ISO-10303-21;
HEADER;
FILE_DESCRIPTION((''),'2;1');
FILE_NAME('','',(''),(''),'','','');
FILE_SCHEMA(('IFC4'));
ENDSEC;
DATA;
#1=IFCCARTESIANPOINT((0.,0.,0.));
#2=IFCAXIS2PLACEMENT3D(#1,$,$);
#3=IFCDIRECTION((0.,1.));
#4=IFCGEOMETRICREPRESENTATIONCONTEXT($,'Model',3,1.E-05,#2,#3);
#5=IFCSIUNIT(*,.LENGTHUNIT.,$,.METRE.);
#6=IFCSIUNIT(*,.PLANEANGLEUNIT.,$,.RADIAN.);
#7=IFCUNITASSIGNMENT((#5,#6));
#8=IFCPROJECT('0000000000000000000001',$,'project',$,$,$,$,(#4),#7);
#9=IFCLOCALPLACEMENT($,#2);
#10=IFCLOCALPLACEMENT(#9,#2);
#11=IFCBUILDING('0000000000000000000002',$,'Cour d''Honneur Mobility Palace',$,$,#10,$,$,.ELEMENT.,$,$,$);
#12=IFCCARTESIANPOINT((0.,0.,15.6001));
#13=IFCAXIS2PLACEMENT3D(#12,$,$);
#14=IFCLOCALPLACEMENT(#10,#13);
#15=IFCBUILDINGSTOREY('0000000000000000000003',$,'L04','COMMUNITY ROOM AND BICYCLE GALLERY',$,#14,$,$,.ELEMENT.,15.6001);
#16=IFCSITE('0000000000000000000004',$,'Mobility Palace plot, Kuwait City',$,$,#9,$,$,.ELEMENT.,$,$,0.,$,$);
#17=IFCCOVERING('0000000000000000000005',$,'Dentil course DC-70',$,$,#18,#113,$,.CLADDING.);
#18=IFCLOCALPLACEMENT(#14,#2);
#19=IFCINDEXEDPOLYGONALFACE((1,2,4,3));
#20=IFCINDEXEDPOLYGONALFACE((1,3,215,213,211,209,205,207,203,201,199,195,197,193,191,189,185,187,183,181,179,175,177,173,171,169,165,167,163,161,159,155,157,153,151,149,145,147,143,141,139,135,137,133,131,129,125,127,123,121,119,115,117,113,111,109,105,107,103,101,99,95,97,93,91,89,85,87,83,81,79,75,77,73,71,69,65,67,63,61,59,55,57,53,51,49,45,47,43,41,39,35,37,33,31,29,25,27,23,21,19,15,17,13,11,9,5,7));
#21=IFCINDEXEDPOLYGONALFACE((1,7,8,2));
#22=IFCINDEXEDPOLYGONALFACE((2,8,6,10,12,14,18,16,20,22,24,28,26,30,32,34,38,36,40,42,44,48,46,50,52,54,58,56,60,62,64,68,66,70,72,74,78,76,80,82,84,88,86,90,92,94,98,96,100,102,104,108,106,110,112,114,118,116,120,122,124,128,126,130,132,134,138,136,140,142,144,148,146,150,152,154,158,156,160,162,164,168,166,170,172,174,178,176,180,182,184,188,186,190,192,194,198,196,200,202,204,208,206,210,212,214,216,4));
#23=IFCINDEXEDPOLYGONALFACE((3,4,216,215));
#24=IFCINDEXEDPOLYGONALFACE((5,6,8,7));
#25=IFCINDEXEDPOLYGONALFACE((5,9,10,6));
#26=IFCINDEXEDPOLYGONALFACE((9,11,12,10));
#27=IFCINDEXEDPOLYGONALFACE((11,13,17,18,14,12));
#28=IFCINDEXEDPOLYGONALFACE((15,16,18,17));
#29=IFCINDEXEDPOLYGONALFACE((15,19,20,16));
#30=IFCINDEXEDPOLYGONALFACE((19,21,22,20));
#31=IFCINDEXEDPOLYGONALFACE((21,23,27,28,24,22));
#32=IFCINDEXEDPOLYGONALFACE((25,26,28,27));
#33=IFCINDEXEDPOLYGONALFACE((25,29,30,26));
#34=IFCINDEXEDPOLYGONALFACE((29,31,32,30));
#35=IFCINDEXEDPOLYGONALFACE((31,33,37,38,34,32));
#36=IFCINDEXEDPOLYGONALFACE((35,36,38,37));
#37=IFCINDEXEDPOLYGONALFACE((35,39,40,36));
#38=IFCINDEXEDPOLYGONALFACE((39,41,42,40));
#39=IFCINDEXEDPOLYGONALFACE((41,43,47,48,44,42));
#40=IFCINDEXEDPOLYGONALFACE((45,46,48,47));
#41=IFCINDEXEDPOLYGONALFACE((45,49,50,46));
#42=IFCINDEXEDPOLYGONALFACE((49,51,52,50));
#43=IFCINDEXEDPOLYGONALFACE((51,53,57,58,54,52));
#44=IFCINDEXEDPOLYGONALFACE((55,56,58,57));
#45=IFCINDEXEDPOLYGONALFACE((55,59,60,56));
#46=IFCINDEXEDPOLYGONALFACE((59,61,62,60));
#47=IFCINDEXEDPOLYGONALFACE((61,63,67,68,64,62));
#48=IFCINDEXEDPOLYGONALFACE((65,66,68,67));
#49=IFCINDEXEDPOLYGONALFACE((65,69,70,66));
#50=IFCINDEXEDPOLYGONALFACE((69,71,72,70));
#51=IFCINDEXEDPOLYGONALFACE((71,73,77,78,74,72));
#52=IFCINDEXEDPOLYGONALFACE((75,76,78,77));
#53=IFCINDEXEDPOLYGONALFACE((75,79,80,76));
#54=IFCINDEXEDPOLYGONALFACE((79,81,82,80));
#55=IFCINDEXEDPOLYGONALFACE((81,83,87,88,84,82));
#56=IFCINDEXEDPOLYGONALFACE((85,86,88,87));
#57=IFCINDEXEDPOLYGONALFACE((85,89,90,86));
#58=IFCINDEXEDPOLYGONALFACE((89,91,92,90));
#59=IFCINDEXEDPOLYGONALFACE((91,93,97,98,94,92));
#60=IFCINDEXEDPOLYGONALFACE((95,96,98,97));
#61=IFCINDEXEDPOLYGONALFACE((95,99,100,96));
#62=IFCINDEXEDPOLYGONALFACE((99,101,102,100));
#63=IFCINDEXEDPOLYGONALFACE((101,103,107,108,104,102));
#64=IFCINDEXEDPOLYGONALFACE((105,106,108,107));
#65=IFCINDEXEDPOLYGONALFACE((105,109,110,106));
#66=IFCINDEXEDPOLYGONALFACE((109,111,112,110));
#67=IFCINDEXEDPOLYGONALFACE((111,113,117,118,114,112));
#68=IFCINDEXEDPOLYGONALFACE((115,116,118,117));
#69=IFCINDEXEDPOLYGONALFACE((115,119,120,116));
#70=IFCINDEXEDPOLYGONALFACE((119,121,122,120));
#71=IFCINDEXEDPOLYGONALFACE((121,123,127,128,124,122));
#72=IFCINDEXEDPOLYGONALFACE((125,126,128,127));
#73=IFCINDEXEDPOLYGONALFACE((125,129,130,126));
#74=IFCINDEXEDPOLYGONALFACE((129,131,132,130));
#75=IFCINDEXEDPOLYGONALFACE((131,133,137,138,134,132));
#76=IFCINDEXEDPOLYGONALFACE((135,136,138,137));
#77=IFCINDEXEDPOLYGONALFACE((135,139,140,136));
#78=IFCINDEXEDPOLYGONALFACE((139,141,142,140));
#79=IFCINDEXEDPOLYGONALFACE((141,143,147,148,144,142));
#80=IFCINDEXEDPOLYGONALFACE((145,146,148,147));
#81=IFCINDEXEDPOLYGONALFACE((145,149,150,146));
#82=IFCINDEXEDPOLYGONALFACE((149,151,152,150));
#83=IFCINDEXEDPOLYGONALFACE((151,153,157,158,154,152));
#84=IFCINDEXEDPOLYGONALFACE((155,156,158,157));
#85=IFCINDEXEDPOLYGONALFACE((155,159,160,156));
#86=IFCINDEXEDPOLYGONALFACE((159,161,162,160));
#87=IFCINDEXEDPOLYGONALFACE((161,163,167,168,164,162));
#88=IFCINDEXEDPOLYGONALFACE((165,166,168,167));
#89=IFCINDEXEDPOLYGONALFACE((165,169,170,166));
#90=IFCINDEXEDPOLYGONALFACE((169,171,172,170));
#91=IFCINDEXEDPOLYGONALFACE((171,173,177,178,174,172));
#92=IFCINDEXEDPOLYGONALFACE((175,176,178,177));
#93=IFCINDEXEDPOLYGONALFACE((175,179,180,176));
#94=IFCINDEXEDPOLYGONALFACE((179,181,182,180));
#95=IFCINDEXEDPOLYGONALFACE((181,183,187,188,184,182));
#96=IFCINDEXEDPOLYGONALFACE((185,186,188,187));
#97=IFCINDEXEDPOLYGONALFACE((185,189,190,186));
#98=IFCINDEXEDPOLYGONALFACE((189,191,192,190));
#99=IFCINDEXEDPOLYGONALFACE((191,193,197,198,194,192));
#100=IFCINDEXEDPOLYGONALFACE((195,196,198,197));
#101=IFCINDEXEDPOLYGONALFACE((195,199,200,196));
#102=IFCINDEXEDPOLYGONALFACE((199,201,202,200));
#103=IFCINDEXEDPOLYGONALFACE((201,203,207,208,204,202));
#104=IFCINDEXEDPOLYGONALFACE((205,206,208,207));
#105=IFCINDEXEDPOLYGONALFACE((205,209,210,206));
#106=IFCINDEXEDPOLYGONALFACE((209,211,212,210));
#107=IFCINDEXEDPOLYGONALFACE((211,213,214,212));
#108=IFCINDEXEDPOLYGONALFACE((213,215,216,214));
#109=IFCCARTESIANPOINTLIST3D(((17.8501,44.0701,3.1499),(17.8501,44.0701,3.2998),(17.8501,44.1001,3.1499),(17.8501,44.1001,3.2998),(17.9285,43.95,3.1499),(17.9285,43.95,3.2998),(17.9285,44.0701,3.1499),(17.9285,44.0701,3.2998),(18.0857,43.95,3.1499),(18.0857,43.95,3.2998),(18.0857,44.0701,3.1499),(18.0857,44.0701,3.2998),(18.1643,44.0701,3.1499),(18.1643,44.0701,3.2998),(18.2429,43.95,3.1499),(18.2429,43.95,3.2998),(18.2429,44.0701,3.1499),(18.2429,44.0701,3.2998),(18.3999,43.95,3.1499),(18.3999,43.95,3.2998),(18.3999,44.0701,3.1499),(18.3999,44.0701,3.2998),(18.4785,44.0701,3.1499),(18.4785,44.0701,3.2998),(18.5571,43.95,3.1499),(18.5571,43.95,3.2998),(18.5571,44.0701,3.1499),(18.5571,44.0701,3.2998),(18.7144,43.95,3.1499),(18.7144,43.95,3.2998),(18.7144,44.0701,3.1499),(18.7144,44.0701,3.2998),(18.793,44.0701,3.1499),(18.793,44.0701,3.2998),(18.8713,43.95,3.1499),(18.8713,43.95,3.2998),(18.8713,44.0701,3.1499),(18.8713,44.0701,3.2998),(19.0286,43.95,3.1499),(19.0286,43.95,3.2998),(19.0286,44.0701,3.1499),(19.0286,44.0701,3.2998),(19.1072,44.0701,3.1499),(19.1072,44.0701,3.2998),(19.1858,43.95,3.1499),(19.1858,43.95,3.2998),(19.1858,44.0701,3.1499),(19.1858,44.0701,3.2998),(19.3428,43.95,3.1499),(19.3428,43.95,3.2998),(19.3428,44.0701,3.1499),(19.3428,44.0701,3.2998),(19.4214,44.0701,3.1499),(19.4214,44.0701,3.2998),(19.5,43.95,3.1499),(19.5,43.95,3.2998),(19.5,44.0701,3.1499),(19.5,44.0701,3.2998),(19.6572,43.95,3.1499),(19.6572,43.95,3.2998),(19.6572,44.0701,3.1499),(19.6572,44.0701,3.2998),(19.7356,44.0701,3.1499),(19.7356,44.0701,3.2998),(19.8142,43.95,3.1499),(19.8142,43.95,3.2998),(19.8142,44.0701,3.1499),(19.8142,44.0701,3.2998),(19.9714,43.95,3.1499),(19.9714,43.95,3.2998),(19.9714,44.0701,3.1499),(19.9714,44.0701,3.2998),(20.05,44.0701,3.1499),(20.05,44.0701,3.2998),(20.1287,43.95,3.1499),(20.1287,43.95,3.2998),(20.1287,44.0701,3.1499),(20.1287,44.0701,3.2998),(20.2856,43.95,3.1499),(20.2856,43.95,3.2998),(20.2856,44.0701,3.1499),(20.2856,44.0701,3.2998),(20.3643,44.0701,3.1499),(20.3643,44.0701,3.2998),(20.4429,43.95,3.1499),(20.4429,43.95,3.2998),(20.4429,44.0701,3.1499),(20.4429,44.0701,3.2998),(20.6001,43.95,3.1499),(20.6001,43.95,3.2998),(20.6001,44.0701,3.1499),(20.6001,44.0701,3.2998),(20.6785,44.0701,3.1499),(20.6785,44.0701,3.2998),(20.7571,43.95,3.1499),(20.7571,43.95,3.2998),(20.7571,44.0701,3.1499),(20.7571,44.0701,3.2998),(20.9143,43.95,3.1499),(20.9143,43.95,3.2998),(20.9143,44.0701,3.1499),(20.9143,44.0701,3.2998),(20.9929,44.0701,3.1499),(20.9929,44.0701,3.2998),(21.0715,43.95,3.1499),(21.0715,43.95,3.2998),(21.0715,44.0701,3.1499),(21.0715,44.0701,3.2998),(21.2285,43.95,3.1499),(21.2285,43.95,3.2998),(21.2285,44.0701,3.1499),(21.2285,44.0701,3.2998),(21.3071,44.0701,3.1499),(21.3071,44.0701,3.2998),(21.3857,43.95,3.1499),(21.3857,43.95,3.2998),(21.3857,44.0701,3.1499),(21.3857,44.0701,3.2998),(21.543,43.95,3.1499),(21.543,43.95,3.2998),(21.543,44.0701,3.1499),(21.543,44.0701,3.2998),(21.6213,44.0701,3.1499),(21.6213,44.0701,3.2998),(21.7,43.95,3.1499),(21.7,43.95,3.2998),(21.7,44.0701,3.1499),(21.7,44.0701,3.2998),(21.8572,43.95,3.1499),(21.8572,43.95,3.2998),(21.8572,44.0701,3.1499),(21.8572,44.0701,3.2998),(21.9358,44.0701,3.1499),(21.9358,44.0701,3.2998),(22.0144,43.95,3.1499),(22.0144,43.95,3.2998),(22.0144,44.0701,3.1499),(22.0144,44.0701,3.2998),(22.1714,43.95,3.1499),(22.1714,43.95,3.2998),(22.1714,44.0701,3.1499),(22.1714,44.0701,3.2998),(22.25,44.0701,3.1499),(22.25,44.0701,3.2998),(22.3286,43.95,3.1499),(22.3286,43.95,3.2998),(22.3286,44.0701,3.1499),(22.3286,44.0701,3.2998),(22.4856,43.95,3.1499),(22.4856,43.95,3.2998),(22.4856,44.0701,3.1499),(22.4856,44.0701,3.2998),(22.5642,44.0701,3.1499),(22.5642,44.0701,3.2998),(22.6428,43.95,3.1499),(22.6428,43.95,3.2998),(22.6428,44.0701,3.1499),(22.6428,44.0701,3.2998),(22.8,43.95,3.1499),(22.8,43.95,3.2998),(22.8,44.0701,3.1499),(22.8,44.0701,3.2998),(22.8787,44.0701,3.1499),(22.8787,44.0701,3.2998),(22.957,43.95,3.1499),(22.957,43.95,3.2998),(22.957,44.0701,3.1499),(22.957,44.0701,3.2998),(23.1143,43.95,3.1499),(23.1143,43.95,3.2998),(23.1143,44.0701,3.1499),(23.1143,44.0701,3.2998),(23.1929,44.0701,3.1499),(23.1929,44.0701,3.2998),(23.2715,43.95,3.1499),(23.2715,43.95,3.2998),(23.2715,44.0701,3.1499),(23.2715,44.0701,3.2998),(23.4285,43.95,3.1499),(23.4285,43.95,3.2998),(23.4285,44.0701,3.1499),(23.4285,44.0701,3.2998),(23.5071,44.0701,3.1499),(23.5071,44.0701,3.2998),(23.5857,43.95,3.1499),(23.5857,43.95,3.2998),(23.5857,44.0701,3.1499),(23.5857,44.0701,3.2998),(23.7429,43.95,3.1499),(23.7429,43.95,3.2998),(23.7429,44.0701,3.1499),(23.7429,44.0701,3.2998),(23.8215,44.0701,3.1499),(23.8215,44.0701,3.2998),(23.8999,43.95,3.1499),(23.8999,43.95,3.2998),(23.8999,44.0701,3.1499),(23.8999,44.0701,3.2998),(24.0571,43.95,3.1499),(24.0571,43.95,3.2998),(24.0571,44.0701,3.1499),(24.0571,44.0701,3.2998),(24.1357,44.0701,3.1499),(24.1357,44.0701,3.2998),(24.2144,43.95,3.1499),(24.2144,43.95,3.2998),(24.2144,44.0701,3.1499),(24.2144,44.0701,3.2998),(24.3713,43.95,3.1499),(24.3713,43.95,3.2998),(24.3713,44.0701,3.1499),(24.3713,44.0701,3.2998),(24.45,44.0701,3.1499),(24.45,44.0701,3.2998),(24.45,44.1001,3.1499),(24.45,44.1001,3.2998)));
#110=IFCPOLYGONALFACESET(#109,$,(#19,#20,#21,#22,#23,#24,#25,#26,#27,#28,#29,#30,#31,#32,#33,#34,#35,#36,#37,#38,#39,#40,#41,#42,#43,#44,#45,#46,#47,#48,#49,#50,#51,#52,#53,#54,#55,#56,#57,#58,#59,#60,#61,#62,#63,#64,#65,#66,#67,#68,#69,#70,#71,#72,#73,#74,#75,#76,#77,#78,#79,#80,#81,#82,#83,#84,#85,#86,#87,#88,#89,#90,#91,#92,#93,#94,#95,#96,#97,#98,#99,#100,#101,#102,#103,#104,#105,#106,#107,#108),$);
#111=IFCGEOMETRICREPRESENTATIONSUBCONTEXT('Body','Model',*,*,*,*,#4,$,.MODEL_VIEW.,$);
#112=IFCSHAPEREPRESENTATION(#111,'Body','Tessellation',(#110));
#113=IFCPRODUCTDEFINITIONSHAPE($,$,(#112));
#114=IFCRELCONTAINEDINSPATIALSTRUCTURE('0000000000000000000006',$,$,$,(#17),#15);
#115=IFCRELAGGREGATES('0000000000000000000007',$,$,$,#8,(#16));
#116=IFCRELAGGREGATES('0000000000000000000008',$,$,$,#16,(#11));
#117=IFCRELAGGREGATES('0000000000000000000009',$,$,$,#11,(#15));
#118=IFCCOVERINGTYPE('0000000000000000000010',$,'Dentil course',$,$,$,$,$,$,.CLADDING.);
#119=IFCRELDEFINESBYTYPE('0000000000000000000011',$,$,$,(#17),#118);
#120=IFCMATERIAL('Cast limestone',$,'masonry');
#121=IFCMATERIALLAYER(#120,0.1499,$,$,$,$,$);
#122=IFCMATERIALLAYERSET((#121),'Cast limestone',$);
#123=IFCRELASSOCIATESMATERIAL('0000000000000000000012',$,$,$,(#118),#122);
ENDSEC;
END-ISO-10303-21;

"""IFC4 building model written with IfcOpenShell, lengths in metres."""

from ifc_helpers import new_model, si_unit, direction, frame, origin, place, context, subcontext, project, spatial, polyline, outline, extrude, material, layer, layer_set, type_object, element, save


model = new_model("IFC4")

# Units and contexts
model_context = context("Model", 3, precision=1e-05, world=origin(), true_north=direction((0.0, 1.0)))
body_context = subcontext(model_context, "Body", "Model", "MODEL_VIEW")
ifc_project = project(units=[si_unit("LENGTHUNIT", "METRE"), si_unit("PLANEANGLEUNIT", "RADIAN")], contexts=[model_context])

# Site, building, storey
site_placement = place(None, origin())
site = spatial("IfcSite", under=ifc_project, at=site_placement, Name="Mobility Palace plot, Kuwait City", CompositionType="ELEMENT", RefElevation=0.0)
building_placement = place(site_placement, origin())
building = spatial("IfcBuilding", under=site, at=building_placement, Name="Cour d'Honneur Mobility Palace", CompositionType="ELEMENT")
storey_placement = place(building_placement, frame((0.0, 0.0, 15.6001)))
storey = spatial("IfcBuildingStorey", under=building, at=storey_placement, Name="L04", Description="COMMUNITY ROOM AND BICYCLE GALLERY", CompositionType="ELEMENT", Elevation=15.6001)

# Covering
ifc_material_1 = material(Name="Cast limestone", Category="masonry")
ifc_layer_1 = layer(ifc_material_1, 0.1499)
ifc_layer_set_1 = layer_set([ifc_layer_1], Name="Cast limestone")
covering_type_1 = type_object("IfcCoveringType", Name="Dentil course", PredefinedType="CLADDING", material=ifc_layer_set_1)
covering_1_placement = place(storey_placement, frame((0.0, 0.0, 3.1499)))
element("IfcCovering", 1, at=covering_1_placement, inside=storey, type_object=covering_type_1, Name="Dentil course DC-70", PredefinedType="CLADDING", context=body_context, shape_type="SweptSolid", body=[
    extrude(outline(polyline([(17.8501, 44.1001), (24.45, 44.1001), (24.45, 44.0701), (24.45, 44.0701), (24.3713, 44.0701), (24.3713, 43.95), (24.2144, 43.95), (24.2144, 44.0701), (24.1357, 44.0701), (24.1357, 44.0701), (24.0571, 44.0701), (24.0571, 43.95), (23.8999, 43.95), (23.8999, 44.0701), (23.8215, 44.0701), (23.8215, 44.0701), (23.7429, 44.0701), (23.7429, 43.95), (23.5857, 43.95), (23.5857, 44.0701), (23.5071, 44.0701), (23.5071, 44.0701), (23.4285, 44.0701), (23.4285, 43.95), (23.2715, 43.95), (23.2715, 44.0701), (23.1929, 44.0701), (23.1929, 44.0701), (23.1143, 44.0701), (23.1143, 43.95), (22.957, 43.95), (22.957, 44.0701), (22.8787, 44.0701), (22.8787, 44.0701), (22.8, 44.0701), (22.8, 43.95), (22.6428, 43.95), (22.6428, 44.0701), (22.5642, 44.0701), (22.5642, 44.0701), (22.4856, 44.0701), (22.4856, 43.95), (22.3286, 43.95), (22.3286, 44.0701), (22.25, 44.0701), (22.25, 44.0701), (22.1714, 44.0701), (22.1714, 43.95), (22.0144, 43.95), (22.0144, 44.0701), (21.9358, 44.0701), (21.9358, 44.0701), (21.8572, 44.0701), (21.8572, 43.95), (21.7, 43.95), (21.7, 44.0701), (21.6213, 44.0701), (21.6213, 44.0701), (21.543, 44.0701), (21.543, 43.95), (21.3857, 43.95), (21.3857, 44.0701), (21.3071, 44.0701), (21.3071, 44.0701), (21.2285, 44.0701), (21.2285, 43.95), (21.0715, 43.95), (21.0715, 44.0701), (20.9929, 44.0701), (20.9929, 44.0701), (20.9143, 44.0701), (20.9143, 43.95), (20.7571, 43.95), (20.7571, 44.0701), (20.6785, 44.0701), (20.6785, 44.0701), (20.6001, 44.0701), (20.6001, 43.95), (20.4429, 43.95), (20.4429, 44.0701), (20.3643, 44.0701), (20.3643, 44.0701), (20.2856, 44.0701), (20.2856, 43.95), (20.1287, 43.95), (20.1287, 44.0701), (20.05, 44.0701), (20.05, 44.0701), (19.9714, 44.0701), (19.9714, 43.95), (19.8142, 43.95), (19.8142, 44.0701), (19.7356, 44.0701), (19.7356, 44.0701), (19.6572, 44.0701), (19.6572, 43.95), (19.5, 43.95), (19.5, 44.0701), (19.4214, 44.0701), (19.4214, 44.0701), (19.3428, 44.0701), (19.3428, 43.95), (19.1858, 43.95), (19.1858, 44.0701), (19.1072, 44.0701), (19.1072, 44.0701), (19.0286, 44.0701), (19.0286, 43.95), (18.8713, 43.95), (18.8713, 44.0701), (18.793, 44.0701), (18.793, 44.0701), (18.7144, 44.0701), (18.7144, 43.95), (18.5571, 43.95), (18.5571, 44.0701), (18.4785, 44.0701), (18.4785, 44.0701), (18.3999, 44.0701), (18.3999, 43.95), (18.2429, 43.95), (18.2429, 44.0701), (18.1643, 44.0701), (18.1643, 44.0701), (18.0857, 44.0701), (18.0857, 43.95), (17.9285, 43.95), (17.9285, 44.0701), (17.8501, 44.0701), (17.8501, 44.1001)])), origin(), (0.0, 0.0, 1.0), 0.1499),
])

save(model, "model.ifc")
